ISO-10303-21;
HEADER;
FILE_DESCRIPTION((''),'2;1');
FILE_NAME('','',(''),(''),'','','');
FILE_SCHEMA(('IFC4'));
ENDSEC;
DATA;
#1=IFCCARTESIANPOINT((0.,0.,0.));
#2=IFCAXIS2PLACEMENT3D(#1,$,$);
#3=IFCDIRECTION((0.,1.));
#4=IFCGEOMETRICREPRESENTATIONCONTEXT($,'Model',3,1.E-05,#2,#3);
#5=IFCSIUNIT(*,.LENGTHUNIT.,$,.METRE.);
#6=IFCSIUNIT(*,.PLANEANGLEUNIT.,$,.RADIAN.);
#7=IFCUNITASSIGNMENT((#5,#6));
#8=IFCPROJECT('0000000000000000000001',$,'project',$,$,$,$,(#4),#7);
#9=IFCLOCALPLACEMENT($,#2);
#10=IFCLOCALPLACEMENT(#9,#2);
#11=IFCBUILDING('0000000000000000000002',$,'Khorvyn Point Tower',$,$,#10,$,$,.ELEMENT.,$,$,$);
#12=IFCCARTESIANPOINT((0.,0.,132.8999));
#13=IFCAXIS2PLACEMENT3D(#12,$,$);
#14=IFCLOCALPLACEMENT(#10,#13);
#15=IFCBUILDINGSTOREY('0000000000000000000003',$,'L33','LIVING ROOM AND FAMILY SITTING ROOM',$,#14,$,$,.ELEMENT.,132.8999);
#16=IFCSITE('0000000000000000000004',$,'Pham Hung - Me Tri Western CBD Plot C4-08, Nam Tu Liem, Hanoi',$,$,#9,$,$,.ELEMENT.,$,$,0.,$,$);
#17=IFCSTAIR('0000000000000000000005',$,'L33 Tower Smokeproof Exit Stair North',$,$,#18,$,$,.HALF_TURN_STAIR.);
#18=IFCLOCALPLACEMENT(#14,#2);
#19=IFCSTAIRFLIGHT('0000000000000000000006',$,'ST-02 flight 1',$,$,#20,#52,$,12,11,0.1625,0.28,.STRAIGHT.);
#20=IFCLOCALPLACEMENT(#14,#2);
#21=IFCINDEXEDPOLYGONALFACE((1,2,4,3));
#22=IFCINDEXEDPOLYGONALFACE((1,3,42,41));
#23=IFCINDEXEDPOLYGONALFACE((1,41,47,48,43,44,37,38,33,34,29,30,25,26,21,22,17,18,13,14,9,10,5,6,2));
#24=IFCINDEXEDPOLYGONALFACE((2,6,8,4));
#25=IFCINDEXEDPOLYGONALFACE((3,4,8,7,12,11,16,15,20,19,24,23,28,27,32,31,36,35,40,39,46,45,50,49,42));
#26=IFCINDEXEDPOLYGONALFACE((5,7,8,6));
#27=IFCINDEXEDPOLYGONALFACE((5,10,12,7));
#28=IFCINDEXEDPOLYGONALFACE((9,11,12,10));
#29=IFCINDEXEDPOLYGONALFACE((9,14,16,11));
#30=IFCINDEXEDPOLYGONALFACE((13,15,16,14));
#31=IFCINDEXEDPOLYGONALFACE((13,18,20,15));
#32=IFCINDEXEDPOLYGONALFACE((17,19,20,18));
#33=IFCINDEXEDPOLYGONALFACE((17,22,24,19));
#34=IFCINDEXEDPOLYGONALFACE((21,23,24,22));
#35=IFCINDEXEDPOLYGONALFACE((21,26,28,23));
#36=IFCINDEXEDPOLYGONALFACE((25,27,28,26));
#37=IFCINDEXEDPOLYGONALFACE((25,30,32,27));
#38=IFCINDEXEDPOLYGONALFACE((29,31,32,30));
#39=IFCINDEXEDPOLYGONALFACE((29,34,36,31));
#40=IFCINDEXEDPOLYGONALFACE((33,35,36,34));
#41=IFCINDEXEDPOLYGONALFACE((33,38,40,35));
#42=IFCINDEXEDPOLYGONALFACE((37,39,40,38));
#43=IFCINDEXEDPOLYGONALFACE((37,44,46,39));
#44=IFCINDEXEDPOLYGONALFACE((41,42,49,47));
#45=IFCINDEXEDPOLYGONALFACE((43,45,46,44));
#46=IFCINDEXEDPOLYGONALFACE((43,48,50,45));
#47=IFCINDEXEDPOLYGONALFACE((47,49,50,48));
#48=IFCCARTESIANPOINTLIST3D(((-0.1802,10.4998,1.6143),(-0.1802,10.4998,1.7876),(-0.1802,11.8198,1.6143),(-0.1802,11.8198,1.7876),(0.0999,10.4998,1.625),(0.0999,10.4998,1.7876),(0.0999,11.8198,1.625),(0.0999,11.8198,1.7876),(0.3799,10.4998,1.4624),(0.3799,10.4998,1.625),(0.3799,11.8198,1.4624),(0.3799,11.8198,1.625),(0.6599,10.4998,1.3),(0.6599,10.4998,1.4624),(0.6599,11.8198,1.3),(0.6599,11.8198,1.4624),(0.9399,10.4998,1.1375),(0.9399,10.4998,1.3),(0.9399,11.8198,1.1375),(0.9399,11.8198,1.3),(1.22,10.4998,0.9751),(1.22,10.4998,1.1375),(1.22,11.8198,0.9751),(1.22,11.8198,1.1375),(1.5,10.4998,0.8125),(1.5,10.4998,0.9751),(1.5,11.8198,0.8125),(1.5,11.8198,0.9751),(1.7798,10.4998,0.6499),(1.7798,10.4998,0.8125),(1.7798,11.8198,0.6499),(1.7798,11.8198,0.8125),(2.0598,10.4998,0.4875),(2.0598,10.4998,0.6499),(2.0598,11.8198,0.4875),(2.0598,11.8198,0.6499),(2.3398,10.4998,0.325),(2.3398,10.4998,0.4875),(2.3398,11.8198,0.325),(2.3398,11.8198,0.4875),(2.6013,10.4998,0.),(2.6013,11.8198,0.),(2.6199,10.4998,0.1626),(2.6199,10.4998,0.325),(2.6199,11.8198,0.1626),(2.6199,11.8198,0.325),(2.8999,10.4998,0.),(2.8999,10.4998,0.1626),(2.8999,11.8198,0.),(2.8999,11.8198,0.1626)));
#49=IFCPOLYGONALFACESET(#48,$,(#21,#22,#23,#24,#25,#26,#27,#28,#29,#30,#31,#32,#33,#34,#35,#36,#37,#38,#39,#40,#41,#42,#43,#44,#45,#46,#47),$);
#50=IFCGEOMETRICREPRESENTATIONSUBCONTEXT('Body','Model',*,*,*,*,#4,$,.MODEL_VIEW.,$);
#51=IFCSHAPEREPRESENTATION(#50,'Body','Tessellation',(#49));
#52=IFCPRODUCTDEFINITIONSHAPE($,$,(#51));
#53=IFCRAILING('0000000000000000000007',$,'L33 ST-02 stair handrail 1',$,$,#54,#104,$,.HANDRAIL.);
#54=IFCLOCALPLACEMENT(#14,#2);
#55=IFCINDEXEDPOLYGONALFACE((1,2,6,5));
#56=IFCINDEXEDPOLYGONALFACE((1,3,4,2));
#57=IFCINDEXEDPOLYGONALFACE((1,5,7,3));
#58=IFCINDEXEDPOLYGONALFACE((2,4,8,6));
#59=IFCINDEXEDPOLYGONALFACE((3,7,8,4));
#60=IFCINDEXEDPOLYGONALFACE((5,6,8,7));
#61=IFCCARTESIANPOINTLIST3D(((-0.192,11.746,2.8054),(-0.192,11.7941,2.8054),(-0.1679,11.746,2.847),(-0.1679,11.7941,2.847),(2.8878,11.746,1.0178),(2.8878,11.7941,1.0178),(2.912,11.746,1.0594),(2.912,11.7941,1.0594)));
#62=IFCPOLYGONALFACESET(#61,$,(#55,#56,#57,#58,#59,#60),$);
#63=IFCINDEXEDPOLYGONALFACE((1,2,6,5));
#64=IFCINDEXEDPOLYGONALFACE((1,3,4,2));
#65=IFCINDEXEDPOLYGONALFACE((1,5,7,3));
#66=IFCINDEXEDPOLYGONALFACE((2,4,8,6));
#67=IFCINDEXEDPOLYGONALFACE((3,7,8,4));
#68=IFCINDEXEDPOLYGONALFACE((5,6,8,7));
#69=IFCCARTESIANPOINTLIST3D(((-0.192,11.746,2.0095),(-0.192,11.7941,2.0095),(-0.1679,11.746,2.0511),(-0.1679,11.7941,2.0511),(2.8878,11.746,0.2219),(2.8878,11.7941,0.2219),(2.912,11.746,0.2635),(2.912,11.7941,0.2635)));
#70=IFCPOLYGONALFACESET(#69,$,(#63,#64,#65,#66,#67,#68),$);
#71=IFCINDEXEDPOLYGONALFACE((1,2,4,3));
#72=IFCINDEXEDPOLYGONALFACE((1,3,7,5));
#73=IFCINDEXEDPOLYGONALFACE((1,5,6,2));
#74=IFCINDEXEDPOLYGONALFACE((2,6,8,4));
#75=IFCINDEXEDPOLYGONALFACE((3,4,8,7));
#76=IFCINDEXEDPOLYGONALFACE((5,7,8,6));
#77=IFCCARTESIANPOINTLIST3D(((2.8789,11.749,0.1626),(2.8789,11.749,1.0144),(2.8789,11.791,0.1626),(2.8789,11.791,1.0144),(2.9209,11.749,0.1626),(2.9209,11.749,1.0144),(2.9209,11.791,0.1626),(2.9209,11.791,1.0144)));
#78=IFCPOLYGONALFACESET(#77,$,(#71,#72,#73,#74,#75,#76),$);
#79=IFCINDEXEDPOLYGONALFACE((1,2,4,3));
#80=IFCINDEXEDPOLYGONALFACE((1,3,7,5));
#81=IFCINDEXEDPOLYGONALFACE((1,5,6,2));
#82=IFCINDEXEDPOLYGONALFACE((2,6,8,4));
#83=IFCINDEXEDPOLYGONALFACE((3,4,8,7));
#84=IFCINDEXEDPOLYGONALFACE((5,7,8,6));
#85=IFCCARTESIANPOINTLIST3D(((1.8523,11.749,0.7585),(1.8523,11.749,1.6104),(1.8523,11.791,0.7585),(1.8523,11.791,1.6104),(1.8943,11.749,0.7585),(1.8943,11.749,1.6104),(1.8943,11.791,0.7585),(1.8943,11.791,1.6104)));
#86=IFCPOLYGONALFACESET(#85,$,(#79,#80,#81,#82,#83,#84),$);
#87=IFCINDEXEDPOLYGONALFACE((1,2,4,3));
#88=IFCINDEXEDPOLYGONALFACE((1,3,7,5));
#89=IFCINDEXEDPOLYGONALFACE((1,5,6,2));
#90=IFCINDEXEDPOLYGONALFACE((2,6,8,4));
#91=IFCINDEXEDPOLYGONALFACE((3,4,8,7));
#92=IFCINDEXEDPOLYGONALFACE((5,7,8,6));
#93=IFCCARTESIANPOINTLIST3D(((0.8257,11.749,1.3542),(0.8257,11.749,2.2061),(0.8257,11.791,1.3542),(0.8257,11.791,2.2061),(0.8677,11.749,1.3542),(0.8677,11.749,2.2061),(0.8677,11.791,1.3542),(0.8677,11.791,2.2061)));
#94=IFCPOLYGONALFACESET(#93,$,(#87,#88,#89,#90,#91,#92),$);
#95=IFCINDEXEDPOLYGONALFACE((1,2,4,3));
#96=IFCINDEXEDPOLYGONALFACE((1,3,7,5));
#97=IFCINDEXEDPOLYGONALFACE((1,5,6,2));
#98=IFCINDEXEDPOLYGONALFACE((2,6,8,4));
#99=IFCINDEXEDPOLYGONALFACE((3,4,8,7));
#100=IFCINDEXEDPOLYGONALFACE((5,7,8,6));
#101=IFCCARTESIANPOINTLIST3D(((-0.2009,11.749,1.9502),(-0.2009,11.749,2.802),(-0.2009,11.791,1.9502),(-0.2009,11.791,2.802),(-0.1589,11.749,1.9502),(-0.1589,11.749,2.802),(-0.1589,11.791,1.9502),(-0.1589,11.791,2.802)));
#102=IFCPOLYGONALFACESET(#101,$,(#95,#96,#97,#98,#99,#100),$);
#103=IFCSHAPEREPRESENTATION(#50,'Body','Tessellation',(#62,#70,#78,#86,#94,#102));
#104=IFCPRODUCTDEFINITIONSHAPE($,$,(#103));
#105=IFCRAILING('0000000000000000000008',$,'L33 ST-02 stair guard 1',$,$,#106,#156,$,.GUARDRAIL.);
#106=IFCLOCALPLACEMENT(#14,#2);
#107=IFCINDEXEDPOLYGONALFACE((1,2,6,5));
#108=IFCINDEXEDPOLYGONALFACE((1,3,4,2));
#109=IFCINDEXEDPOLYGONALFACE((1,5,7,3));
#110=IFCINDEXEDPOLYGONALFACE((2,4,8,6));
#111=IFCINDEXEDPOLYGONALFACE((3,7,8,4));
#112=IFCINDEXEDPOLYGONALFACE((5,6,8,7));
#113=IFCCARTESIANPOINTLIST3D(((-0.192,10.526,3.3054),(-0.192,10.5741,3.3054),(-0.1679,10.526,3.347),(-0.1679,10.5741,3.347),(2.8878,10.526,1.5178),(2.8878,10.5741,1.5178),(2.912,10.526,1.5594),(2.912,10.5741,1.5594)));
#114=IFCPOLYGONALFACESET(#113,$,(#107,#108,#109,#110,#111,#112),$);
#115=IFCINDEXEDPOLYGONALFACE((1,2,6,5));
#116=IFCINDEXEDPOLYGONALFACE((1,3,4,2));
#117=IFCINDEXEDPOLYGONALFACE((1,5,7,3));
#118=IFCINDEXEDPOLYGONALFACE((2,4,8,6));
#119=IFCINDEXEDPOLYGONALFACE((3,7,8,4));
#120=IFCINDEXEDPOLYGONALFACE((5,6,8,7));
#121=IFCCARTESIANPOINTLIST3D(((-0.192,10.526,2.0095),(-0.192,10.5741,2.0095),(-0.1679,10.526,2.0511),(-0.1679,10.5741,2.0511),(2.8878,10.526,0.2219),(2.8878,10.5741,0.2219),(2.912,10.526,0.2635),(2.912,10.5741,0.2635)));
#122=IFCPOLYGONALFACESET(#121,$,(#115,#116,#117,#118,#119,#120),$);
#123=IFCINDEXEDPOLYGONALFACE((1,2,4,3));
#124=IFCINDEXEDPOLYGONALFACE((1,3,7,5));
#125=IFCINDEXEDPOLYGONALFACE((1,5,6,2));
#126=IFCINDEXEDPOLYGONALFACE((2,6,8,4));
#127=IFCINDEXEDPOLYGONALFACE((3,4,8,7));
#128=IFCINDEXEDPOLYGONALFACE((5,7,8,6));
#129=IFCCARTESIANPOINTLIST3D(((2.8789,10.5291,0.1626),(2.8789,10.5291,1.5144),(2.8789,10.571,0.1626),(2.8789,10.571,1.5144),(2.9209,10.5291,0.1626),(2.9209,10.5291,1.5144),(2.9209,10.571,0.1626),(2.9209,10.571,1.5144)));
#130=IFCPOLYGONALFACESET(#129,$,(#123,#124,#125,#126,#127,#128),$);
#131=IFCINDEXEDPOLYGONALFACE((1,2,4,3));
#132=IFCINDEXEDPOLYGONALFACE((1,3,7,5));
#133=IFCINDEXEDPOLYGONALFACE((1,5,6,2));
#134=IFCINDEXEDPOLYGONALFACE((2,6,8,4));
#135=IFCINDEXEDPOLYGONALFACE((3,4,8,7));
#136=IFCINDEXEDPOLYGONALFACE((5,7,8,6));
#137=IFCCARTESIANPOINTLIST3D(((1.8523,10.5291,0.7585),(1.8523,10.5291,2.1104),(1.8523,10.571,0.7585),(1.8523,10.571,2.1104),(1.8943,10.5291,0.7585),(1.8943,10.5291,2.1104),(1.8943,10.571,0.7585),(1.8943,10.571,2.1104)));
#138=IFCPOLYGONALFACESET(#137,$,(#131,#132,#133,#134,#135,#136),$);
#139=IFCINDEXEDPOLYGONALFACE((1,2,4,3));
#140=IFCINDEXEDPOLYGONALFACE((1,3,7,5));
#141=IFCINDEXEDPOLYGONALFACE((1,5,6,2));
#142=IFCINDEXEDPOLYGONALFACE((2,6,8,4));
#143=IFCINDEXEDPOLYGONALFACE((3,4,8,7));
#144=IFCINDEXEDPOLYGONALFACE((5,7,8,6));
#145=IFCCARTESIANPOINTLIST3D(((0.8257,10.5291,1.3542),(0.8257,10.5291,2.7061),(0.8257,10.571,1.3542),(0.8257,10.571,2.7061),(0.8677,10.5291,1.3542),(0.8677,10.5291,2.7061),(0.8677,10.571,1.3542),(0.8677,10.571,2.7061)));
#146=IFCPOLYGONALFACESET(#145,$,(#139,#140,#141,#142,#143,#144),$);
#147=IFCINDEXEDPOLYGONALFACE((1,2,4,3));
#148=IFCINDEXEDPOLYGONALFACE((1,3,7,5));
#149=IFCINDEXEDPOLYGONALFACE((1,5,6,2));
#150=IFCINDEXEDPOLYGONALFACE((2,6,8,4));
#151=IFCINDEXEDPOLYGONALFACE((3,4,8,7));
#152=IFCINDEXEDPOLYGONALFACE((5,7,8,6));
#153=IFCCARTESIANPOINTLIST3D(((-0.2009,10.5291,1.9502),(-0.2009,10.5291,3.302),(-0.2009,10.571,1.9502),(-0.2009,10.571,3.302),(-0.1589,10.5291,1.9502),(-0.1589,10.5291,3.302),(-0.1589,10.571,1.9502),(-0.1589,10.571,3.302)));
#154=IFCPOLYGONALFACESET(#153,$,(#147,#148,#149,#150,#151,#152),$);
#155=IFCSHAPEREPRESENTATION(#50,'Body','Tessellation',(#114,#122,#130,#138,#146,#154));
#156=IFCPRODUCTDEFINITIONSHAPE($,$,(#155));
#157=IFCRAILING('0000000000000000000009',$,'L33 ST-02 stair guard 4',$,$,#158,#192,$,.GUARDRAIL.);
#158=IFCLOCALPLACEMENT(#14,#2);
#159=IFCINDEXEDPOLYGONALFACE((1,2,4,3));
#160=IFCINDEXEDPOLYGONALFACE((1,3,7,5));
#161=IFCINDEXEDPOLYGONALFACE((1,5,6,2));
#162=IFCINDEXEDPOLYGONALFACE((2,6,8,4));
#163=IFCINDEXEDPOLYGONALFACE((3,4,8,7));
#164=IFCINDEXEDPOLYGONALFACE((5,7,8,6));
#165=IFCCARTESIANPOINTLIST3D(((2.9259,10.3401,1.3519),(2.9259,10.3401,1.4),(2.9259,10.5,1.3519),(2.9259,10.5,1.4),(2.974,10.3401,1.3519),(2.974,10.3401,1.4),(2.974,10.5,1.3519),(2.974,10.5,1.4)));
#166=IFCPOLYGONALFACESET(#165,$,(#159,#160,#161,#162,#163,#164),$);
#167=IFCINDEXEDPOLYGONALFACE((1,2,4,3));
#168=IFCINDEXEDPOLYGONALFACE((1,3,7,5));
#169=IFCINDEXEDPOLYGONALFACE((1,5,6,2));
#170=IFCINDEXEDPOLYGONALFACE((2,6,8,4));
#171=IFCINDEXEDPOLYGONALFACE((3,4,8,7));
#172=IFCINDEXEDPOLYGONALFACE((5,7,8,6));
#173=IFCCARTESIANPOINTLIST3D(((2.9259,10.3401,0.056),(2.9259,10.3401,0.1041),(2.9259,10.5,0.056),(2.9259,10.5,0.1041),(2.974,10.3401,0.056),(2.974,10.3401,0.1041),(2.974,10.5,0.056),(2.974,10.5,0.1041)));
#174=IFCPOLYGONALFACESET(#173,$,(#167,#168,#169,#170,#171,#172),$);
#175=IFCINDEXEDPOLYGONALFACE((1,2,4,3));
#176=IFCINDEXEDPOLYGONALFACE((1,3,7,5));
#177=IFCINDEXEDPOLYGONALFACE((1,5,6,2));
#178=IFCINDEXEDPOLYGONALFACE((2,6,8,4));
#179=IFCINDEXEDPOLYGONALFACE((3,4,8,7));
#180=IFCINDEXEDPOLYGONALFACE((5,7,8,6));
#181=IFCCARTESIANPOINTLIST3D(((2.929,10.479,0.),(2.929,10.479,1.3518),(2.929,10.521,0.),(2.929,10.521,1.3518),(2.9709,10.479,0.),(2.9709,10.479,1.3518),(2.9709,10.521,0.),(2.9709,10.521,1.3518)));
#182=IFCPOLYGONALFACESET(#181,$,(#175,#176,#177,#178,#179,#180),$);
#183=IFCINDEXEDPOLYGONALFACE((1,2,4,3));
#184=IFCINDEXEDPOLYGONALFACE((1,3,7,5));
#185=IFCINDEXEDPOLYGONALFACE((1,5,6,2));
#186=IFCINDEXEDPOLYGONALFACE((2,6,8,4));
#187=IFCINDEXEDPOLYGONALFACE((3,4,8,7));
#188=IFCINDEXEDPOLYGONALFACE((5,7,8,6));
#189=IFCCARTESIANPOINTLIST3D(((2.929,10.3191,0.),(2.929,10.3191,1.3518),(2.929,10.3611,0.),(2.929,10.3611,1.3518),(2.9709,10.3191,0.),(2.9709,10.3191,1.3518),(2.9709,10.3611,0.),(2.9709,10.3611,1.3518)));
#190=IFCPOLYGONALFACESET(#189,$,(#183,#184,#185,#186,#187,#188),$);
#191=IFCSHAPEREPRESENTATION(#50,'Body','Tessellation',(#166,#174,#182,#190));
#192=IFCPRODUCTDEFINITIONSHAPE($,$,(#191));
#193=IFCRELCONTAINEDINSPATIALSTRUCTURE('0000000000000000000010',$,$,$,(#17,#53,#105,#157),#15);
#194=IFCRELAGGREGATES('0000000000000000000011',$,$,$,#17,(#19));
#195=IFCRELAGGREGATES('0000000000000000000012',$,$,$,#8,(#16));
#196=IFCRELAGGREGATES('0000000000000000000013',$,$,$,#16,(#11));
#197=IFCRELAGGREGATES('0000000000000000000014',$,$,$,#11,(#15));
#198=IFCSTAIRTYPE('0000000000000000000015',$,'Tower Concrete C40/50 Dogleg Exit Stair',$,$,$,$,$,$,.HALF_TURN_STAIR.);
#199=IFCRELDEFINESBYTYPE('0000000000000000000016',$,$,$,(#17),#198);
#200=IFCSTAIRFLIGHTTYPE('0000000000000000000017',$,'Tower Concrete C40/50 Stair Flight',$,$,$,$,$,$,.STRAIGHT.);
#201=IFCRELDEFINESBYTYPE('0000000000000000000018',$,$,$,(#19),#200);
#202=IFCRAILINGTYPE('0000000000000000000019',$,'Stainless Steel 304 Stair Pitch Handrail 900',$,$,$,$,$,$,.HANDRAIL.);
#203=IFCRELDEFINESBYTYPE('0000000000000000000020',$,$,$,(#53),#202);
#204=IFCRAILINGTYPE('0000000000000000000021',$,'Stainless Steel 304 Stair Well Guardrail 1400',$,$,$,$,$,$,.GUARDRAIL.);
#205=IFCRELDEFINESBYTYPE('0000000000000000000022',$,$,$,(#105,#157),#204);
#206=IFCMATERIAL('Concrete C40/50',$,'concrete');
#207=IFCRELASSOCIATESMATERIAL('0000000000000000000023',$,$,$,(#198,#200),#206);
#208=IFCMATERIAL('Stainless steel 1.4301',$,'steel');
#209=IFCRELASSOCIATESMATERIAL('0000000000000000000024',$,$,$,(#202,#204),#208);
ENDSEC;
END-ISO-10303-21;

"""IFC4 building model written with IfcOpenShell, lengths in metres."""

from ifc_helpers import new_model, si_unit, direction, frame, origin, origin_2d, place, context, subcontext, project, spatial, polyline, rectangle, outline, extrude, material, type_object, element, aggregate, save


model = new_model("IFC4")

# Units and contexts
model_context = context("Model", 3, precision=1e-05, world=origin(), true_north=direction((0.0, 1.0)))
body_context = subcontext(model_context, "Body", "Model", "MODEL_VIEW")
ifc_project = project(units=[si_unit("LENGTHUNIT", "METRE"), si_unit("PLANEANGLEUNIT", "RADIAN")], contexts=[model_context])

# Site, building, storey
site_placement = place(None, origin())
site = spatial("IfcSite", under=ifc_project, at=site_placement, Name="Pham Hung - Me Tri Western CBD Plot C4-08, Nam Tu Liem, Hanoi", CompositionType="ELEMENT", RefElevation=0.0)
building_placement = place(site_placement, origin())
building = spatial("IfcBuilding", under=site, at=building_placement, Name="Khorvyn Point Tower", CompositionType="ELEMENT")
storey_placement = place(building_placement, frame((0.0, 0.0, 132.8999)))
storey = spatial("IfcBuildingStorey", under=building, at=storey_placement, Name="L33", Description="LIVING ROOM AND FAMILY SITTING ROOM", CompositionType="ELEMENT", Elevation=132.8999)

# Shared definitions
ifc_material_1 = material(Name="Concrete C40/50", Category="concrete")

# Shared definitions
ifc_material_2 = material(Name="Stainless steel 1.4301", Category="steel")

# Stair, stair flight
stair_type = type_object("IfcStairType", Name="Tower Concrete C40/50 Dogleg Exit Stair", PredefinedType="HALF_TURN_STAIR", material=ifc_material_1)
stair_placement = place(storey_placement, origin())
stair = element("IfcStair", 1, at=stair_placement, inside=storey, type_object=stair_type, Name="L33 Tower Smokeproof Exit Stair North", PredefinedType="HALF_TURN_STAIR")
stair_flight_type = type_object("IfcStairFlightType", Name="Tower Concrete C40/50 Stair Flight", PredefinedType="STRAIGHT", material=ifc_material_1)
stair_flight_placement = place(storey_placement, frame((2.8999, 11.1599, 0.0), z_axis=(0.0, 0.0, 1.0), x_axis=(-1.0, 0.0, 0.0)))
stair_flight = element("IfcStairFlight", 2, at=stair_flight_placement, type_object=stair_flight_type, Name="ST-02 flight 1", NumberOfRisers=12, NumberOfTreads=11, PredefinedType="STRAIGHT", RiserHeight=0.1625, TreadLength=0.28, context=body_context, shape_type="SweptSolid", body=[
    extrude(outline(polyline([(0.0, 0.0), (0.0, 0.1626), (0.28, 0.1626), (0.28, 0.325), (0.5601, 0.325), (0.5601, 0.4875), (0.8401, 0.4875), (0.8401, 0.6499), (1.1201, 0.6499), (1.1201, 0.8125), (1.3999, 0.8125), (1.3999, 0.9751), (1.6799, 0.9751), (1.6799, 1.1375), (1.96, 1.1375), (1.96, 1.3), (2.24, 1.3), (2.24, 1.4624), (2.52, 1.4624), (2.52, 1.625), (2.8, 1.625), (2.8, 1.7876), (3.0801, 1.7876), (3.0801, 1.95), (3.0801, 1.6143), (0.2986, 0.0), (0.0, 0.0)])), frame((0.0, 0.6602, 0.0), z_axis=(0.0, -1.0, 0.0), x_axis=(1.0, 0.0, 0.0)), (0.0, 0.0, 1.0), 1.3201),
])
aggregate(stair, [stair_flight])

# Railings
railing_type_1 = type_object("IfcRailingType", Name="Stainless Steel 304 Stair Pitch Handrail 900", PredefinedType="HANDRAIL", material=ifc_material_2)
railing_1_placement = place(storey_placement, frame((2.8999, 11.77, 0.1626)))
element("IfcRailing", 3, at=railing_1_placement, inside=storey, type_object=railing_type_1, Name="L33 ST-02 stair handrail 1", PredefinedType="HANDRAIL", context=body_context, shape_type="SweptSolid", body=[
    extrude(rectangle(XDim=0.0481, YDim=0.0481, at=origin_2d()), frame((0.0, 0.0, 0.876), z_axis=(-0.864873, 0.0, 0.50199), x_axis=(0.0, -1.0, 0.0)), (0.0, 0.0, 1.0), 3.561),
    extrude(rectangle(XDim=0.0481, YDim=0.0481, at=origin_2d()), frame((0.0, 0.0, 0.0801), z_axis=(-0.864873, 0.0, 0.50199), x_axis=(0.0, -1.0, 0.0)), (0.0, 0.0, 1.0), 3.561),
    extrude(rectangle(XDim=0.042, YDim=0.042, at=origin_2d()), origin(), (0.0, 0.0, 1.0), 0.8518),
    extrude(rectangle(XDim=0.042, YDim=0.042, at=origin_2d()), frame((-1.0266, 0.0, 0.5959)), (0.0, 0.0, 1.0), 0.8518),
    extrude(rectangle(XDim=0.042, YDim=0.042, at=origin_2d()), frame((-2.0532, 0.0, 1.1917)), (0.0, 0.0, 1.0), 0.8518),
    extrude(rectangle(XDim=0.042, YDim=0.042, at=origin_2d()), frame((-3.0798, 0.0, 1.7876)), (0.0, 0.0, 1.0), 0.8518),
])
railing_type_2 = type_object("IfcRailingType", Name="Stainless Steel 304 Stair Well Guardrail 1400", PredefinedType="GUARDRAIL", material=ifc_material_2)
railing_2_placement = place(storey_placement, frame((2.8999, 10.55, 0.1626)))
element("IfcRailing", 4, at=railing_2_placement, inside=storey, type_object=railing_type_2, Name="L33 ST-02 stair guard 1", PredefinedType="GUARDRAIL", context=body_context, shape_type="SweptSolid", body=[
    extrude(rectangle(XDim=0.0481, YDim=0.0481, at=origin_2d()), frame((0.0, 0.0, 1.376), z_axis=(-0.864873, 0.0, 0.50199), x_axis=(0.0, -1.0, 0.0)), (0.0, 0.0, 1.0), 3.561),
    extrude(rectangle(XDim=0.0481, YDim=0.0481, at=origin_2d()), frame((0.0, 0.0, 0.0801), z_axis=(-0.864873, 0.0, 0.50199), x_axis=(0.0, -1.0, 0.0)), (0.0, 0.0, 1.0), 3.561),
    extrude(rectangle(XDim=0.042, YDim=0.042, at=origin_2d()), origin(), (0.0, 0.0, 1.0), 1.3518),
    extrude(rectangle(XDim=0.042, YDim=0.042, at=origin_2d()), frame((-1.0266, 0.0, 0.5959)), (0.0, 0.0, 1.0), 1.3518),
    extrude(rectangle(XDim=0.042, YDim=0.042, at=origin_2d()), frame((-2.0532, 0.0, 1.1917)), (0.0, 0.0, 1.0), 1.3518),
    extrude(rectangle(XDim=0.042, YDim=0.042, at=origin_2d()), frame((-3.0798, 0.0, 1.7876)), (0.0, 0.0, 1.0), 1.3518),
])
railing_3_placement = place(storey_placement, frame((2.95, 10.5, 0.0)))
element("IfcRailing", 5, at=railing_3_placement, inside=storey, type_object=railing_type_2, Name="L33 ST-02 stair guard 4", PredefinedType="GUARDRAIL", context=body_context, shape_type="SweptSolid", body=[
    extrude(rectangle(XDim=0.0481, YDim=0.0481, at=origin_2d()), frame((0.0, 0.0, 1.376), z_axis=(0.0, -1.0, 0.0), x_axis=(1.0, 0.0, 0.0)), (0.0, 0.0, 1.0), 0.1599),
    extrude(rectangle(XDim=0.0481, YDim=0.0481, at=origin_2d()), frame((0.0, 0.0, 0.0801), z_axis=(0.0, -1.0, 0.0), x_axis=(1.0, 0.0, 0.0)), (0.0, 0.0, 1.0), 0.1599),
    extrude(rectangle(XDim=0.042, YDim=0.042, at=origin_2d()), origin(), (0.0, 0.0, 1.0), 1.3518),
    extrude(rectangle(XDim=0.042, YDim=0.042, at=origin_2d()), frame((0.0, -0.1599, 0.0)), (0.0, 0.0, 1.0), 1.3518),
])

save(model, "model.ifc")
